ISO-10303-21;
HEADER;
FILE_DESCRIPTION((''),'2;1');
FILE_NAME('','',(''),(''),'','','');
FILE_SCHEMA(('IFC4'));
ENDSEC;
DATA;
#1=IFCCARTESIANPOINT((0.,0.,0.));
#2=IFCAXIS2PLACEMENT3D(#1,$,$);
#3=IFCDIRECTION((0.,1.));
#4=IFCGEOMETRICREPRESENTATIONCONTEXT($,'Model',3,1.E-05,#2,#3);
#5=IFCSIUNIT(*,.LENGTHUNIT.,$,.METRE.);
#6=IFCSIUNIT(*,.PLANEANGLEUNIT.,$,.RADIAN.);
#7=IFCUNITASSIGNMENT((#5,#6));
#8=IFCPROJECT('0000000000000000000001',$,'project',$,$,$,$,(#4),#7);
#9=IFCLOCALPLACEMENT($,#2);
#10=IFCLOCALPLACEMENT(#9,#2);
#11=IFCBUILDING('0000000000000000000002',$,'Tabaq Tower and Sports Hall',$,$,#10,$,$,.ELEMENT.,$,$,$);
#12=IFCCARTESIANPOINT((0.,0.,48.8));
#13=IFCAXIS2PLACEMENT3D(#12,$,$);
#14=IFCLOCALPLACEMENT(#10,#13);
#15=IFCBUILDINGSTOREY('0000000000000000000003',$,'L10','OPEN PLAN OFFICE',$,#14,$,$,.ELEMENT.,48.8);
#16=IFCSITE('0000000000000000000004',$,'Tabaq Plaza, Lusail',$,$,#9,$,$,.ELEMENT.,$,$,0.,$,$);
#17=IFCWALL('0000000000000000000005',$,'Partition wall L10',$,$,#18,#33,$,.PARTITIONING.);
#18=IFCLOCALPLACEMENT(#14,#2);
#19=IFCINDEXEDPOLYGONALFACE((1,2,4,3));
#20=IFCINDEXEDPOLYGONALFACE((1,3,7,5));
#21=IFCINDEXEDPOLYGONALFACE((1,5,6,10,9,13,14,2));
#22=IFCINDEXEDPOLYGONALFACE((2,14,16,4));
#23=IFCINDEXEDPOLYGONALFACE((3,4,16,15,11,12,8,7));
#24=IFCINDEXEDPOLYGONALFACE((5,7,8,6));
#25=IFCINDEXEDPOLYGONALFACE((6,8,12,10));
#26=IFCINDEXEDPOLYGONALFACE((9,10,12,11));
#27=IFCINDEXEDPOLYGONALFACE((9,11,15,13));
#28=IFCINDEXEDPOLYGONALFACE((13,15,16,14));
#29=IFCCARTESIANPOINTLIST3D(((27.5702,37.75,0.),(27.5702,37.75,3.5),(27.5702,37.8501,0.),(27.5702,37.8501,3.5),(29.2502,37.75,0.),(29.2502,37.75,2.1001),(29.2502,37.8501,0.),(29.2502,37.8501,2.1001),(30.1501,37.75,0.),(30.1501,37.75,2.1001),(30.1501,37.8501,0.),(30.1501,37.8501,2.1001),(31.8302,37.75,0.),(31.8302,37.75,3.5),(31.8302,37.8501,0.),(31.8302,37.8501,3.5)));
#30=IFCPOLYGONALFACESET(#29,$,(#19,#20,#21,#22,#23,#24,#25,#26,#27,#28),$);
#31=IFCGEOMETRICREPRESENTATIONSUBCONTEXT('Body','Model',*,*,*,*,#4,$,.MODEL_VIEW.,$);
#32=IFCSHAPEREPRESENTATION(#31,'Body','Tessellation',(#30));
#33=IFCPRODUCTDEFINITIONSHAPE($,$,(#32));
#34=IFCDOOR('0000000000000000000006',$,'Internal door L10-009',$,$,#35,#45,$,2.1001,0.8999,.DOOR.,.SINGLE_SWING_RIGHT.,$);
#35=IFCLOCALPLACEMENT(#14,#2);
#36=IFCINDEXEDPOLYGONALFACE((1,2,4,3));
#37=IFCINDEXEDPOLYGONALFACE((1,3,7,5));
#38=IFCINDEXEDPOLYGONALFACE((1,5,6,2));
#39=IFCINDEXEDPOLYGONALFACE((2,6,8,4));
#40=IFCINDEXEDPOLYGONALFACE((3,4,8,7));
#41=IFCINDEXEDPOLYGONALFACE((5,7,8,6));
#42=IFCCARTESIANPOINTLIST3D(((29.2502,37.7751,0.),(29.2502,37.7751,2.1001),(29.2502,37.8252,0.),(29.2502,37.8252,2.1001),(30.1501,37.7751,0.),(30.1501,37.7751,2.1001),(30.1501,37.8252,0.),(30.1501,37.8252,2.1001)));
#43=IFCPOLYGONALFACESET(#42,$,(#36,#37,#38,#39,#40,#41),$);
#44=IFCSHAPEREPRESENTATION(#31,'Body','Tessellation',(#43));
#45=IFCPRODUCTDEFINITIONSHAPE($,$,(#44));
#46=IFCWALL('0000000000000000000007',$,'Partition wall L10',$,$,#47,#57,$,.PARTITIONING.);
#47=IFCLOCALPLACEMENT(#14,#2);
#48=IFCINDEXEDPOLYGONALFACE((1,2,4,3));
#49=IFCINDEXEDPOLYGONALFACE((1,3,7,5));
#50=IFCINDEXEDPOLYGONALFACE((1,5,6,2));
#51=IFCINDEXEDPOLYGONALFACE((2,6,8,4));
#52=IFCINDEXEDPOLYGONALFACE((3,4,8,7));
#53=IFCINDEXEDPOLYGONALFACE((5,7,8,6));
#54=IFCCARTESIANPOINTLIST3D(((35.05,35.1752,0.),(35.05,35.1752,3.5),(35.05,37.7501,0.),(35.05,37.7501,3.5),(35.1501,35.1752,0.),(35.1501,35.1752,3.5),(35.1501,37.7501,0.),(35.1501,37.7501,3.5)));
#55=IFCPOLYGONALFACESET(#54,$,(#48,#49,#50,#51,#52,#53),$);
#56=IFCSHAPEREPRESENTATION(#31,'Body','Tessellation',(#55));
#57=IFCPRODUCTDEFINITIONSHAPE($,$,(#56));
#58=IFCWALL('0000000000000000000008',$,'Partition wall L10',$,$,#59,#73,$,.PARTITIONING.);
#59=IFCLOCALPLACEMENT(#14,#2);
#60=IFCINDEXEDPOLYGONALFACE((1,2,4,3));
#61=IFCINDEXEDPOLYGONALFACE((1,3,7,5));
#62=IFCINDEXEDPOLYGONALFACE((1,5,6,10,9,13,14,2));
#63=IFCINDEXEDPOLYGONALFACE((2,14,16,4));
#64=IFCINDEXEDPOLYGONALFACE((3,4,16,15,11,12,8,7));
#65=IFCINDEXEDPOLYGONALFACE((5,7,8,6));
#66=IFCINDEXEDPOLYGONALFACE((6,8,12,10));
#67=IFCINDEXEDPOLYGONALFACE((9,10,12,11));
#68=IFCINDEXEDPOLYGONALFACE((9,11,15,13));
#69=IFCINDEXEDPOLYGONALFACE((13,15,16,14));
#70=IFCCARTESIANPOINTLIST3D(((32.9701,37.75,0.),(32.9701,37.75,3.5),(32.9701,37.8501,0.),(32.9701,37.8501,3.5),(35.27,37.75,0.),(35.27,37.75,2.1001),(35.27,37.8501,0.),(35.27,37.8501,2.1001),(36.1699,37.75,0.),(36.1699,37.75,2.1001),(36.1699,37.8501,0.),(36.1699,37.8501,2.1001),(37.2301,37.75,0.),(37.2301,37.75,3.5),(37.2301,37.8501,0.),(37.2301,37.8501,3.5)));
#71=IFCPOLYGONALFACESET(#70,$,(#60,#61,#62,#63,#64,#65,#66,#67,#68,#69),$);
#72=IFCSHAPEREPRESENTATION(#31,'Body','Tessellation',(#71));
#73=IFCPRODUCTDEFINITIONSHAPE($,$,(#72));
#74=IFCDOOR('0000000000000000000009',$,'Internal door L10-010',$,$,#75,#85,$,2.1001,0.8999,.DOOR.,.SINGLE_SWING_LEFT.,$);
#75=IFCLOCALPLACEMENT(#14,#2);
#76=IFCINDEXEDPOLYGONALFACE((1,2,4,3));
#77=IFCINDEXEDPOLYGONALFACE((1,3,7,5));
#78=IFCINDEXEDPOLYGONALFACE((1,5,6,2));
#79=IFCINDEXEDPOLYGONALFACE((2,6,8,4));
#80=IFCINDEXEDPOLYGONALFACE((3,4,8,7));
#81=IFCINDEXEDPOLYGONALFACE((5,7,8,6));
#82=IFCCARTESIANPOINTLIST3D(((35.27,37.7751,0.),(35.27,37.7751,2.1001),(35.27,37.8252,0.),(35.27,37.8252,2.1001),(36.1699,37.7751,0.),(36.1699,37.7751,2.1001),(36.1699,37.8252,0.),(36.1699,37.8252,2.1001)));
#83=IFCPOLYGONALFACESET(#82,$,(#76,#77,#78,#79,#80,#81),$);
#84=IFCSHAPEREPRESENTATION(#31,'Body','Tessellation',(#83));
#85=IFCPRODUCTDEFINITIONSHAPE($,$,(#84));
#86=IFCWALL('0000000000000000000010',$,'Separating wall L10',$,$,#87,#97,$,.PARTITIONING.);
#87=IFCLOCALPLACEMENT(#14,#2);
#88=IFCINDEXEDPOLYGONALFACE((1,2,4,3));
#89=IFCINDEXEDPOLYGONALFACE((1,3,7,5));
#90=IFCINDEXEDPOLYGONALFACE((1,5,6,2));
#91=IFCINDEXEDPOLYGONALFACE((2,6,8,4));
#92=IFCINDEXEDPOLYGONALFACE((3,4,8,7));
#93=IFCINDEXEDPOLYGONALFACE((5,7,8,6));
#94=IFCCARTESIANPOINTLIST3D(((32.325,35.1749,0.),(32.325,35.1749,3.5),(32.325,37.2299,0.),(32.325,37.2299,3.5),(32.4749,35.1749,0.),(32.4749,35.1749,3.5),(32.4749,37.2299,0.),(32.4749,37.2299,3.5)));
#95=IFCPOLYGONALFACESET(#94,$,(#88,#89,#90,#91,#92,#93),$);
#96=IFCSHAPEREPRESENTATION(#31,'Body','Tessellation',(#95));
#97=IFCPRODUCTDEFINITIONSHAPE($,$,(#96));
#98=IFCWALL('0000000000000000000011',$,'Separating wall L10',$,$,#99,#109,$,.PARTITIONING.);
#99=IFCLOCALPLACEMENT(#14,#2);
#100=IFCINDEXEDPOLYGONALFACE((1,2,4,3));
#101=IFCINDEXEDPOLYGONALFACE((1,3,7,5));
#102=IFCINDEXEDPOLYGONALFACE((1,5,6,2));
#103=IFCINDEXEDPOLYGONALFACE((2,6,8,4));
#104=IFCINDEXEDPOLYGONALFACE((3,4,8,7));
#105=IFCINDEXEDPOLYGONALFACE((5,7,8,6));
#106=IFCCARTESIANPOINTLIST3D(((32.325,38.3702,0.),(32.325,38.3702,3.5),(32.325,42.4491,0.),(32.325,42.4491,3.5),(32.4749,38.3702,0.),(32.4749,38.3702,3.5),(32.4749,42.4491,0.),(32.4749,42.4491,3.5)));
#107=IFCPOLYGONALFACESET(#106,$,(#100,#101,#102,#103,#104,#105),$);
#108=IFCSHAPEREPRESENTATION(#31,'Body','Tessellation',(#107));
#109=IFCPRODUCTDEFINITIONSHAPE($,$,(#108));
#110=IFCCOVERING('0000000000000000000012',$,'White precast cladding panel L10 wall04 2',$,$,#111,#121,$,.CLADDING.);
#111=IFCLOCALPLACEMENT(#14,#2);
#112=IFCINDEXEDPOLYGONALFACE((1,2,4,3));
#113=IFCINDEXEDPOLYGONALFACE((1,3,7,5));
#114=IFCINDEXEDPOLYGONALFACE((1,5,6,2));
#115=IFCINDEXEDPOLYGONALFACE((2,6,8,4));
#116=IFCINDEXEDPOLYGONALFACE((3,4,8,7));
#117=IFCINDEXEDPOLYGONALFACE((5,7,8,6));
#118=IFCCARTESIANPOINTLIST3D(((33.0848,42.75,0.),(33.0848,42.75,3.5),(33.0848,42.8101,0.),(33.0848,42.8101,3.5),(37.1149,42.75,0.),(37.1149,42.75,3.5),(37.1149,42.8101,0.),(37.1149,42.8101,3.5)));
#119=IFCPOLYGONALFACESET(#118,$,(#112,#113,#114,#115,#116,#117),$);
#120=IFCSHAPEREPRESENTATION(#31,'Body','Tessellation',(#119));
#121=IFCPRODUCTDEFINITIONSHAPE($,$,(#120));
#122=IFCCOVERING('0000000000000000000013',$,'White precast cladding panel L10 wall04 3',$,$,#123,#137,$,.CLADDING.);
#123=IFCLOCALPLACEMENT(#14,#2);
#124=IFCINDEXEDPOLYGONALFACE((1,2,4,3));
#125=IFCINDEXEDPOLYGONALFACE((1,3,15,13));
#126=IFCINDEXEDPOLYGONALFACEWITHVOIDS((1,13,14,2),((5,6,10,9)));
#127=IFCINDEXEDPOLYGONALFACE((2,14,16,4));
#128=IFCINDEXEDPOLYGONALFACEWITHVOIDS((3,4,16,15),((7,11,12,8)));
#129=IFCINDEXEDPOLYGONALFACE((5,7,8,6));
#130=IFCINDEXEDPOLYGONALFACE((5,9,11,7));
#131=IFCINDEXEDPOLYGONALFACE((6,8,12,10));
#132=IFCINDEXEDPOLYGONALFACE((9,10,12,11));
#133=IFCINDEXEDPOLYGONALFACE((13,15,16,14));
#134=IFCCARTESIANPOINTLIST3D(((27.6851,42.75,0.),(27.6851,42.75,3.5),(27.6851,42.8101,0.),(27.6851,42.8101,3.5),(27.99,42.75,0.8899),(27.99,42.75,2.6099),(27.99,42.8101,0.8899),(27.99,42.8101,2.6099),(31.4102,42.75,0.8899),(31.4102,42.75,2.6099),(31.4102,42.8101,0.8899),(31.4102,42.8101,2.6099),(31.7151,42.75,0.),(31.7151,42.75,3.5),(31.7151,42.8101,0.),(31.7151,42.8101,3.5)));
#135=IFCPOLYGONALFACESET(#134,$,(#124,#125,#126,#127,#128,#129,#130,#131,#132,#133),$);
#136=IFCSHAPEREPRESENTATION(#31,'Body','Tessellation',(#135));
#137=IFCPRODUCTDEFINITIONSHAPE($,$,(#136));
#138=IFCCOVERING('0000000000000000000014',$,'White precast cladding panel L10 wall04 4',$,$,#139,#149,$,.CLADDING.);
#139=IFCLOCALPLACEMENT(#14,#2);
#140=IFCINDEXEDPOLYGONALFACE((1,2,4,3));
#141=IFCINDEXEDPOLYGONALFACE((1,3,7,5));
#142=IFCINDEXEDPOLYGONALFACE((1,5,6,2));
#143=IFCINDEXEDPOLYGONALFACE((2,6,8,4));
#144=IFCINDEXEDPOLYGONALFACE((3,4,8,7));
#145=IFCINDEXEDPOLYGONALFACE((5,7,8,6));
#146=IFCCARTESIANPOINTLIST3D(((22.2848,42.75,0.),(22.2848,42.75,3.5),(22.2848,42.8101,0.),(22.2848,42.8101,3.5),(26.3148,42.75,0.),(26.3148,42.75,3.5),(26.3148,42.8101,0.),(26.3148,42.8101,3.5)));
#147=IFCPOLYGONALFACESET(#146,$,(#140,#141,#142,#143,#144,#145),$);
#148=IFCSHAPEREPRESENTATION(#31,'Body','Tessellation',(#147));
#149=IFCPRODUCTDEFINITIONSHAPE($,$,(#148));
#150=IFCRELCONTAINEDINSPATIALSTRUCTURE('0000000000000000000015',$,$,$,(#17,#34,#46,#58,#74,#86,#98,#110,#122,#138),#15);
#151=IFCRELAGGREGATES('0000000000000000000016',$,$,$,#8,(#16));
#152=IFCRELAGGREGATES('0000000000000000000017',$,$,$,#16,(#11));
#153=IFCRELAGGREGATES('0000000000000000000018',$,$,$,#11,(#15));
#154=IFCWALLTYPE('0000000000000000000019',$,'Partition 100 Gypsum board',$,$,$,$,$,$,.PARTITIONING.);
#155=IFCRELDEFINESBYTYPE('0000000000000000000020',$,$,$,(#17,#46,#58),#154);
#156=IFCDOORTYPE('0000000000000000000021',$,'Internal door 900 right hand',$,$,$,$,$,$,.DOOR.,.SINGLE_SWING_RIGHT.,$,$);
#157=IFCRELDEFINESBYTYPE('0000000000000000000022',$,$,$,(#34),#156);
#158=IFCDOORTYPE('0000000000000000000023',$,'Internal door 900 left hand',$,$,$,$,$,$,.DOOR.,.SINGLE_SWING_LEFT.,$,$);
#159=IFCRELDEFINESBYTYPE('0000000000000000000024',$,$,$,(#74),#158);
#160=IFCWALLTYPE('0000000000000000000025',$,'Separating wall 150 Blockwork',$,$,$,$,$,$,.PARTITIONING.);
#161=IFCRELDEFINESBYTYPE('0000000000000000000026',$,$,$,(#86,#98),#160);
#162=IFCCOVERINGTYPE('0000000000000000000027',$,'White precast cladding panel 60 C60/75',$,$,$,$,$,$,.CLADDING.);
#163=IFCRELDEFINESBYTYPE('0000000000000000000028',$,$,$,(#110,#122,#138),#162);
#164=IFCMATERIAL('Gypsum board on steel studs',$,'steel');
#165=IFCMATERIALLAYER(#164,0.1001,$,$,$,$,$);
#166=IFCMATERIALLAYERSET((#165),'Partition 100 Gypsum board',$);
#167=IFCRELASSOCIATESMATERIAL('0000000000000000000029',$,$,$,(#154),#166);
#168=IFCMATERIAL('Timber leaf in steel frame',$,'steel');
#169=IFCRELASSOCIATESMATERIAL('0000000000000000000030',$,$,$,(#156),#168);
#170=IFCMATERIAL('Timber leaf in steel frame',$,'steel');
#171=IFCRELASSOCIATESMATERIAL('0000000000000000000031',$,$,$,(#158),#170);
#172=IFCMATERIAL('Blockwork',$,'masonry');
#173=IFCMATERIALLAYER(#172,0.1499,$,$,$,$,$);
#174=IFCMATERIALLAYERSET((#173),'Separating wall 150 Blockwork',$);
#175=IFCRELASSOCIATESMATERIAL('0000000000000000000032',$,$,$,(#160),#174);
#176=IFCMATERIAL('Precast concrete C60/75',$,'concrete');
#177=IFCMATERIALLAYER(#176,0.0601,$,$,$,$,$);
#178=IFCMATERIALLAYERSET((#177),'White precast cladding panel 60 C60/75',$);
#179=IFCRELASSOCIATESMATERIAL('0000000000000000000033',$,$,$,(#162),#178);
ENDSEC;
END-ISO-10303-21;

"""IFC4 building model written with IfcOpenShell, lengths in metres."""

from ifc_helpers import new_model, si_unit, direction, frame, frame_2d, origin, place, context, subcontext, project, spatial, polyline, rectangle, outline, extrude, material, layer, layer_set, type_object, element, fill, save


model = new_model("IFC4")

# Units and contexts
model_context = context("Model", 3, precision=1e-05, world=origin(), true_north=direction((0.0, 1.0)))
body_context = subcontext(model_context, "Body", "Model", "MODEL_VIEW")
ifc_project = project(units=[si_unit("LENGTHUNIT", "METRE"), si_unit("PLANEANGLEUNIT", "RADIAN")], contexts=[model_context])

# Site, building, storey
site_placement = place(None, origin())
site = spatial("IfcSite", under=ifc_project, at=site_placement, Name="Tabaq Plaza, Lusail", CompositionType="ELEMENT", RefElevation=0.0)
building_placement = place(site_placement, origin())
building = spatial("IfcBuilding", under=site, at=building_placement, Name="Tabaq Tower and Sports Hall", CompositionType="ELEMENT")
storey_placement = place(building_placement, frame((0.0, 0.0, 48.8)))
storey = spatial("IfcBuildingStorey", under=building, at=storey_placement, Name="L10", Description="OPEN PLAN OFFICE", CompositionType="ELEMENT", Elevation=48.8)

# Shared definitions
ifc_material_1 = material(Name="Gypsum board on steel studs", Category="steel")
ifc_layer_1 = layer(ifc_material_1, 0.1001)
ifc_layer_set_1 = layer_set([ifc_layer_1], Name="Partition 100 Gypsum board")
wall_type_1 = type_object("IfcWallType", Name="Partition 100 Gypsum board", PredefinedType="PARTITIONING", material=ifc_layer_set_1)

# Wall, opening, door
ifc_material_2 = material(Name="Timber leaf in steel frame", Category="steel")
door_type_1 = type_object("IfcDoorType", Name="Internal door 900 right hand", OperationType="SINGLE_SWING_RIGHT", PredefinedType="DOOR", material=ifc_material_2)
wall_1_placement = place(storey_placement, frame((31.8301, 37.8, 0.0), z_axis=(0.0, 0.0, 1.0), x_axis=(-1.0, 0.0, 0.0)))
wall_1 = element("IfcWall", 1, at=wall_1_placement, inside=storey, type_object=wall_type_1, Name="Partition wall L10", PredefinedType="PARTITIONING", context=body_context, shape_type="SweptSolid", body=[
    extrude(rectangle(XDim=4.26, YDim=0.1001, at=frame_2d((2.1299, 0.0))), origin(), (0.0, 0.0, 1.0), 3.5),
])
opening_1_placement = place(wall_1_placement, frame((1.6799, 0.0, 0.0)))
opening_1 = element("IfcOpeningElement", 2, at=opening_1_placement, cuts=wall_1, PredefinedType="OPENING", context=body_context, shape_type="SweptSolid", body=[
    extrude(rectangle(XDim=0.8999, YDim=2.1001, at=frame_2d((0.45, 1.05))), frame((0.0, 0.05, 0.0), z_axis=(0.0, -1.0, 0.0), x_axis=(1.0, 0.0, 0.0)), (0.0, 0.0, 1.0), 0.1001),
])
door_1_placement = place(opening_1_placement, origin())
door_1 = element("IfcDoor", 3, at=door_1_placement, inside=storey, type_object=door_type_1, Name="Internal door L10-009", OperationType="SINGLE_SWING_RIGHT", OverallHeight=2.1001, OverallWidth=0.8999, PredefinedType="DOOR", context=body_context, shape_type="SweptSolid", body=[
    extrude(rectangle(XDim=0.8999, YDim=2.1001, at=frame_2d((0.45, 1.05))), frame((0.0, 0.0249, 0.0), z_axis=(0.0, -1.0, 0.0), x_axis=(1.0, 0.0, 0.0)), (0.0, 0.0, 1.0), 0.05),
])
fill(opening_1, door_1)

# Wall
wall_2_placement = place(storey_placement, frame((35.1001, 35.175, 0.0), z_axis=(0.0, 0.0, 1.0), x_axis=(0.0, 1.0, 0.0)))
element("IfcWall", 4, at=wall_2_placement, inside=storey, type_object=wall_type_1, Name="Partition wall L10", PredefinedType="PARTITIONING", context=body_context, shape_type="SweptSolid", body=[
    extrude(rectangle(XDim=2.575, YDim=0.1001, at=frame_2d((1.2876, 0.0))), origin(), (0.0, 0.0, 1.0), 3.5),
])

# Wall, opening, door
wall_3_placement = place(storey_placement, frame((37.23, 37.8, 0.0), z_axis=(0.0, 0.0, 1.0), x_axis=(-1.0, 0.0, 0.0)))
wall_3 = element("IfcWall", 5, at=wall_3_placement, inside=storey, type_object=wall_type_1, Name="Partition wall L10", PredefinedType="PARTITIONING", context=body_context, shape_type="SweptSolid", body=[
    extrude(rectangle(XDim=4.26, YDim=0.1001, at=frame_2d((2.1299, 0.0))), origin(), (0.0, 0.0, 1.0), 3.5),
])
opening_2_placement = place(wall_3_placement, frame((1.0601, 0.0, 0.0)))
opening_2 = element("IfcOpeningElement", 6, at=opening_2_placement, cuts=wall_3, PredefinedType="OPENING", context=body_context, shape_type="SweptSolid", body=[
    extrude(rectangle(XDim=0.8999, YDim=2.1001, at=frame_2d((0.45, 1.05))), frame((0.0, 0.05, 0.0), z_axis=(0.0, -1.0, 0.0), x_axis=(1.0, 0.0, 0.0)), (0.0, 0.0, 1.0), 0.1001),
])
ifc_material_3 = material(Name="Timber leaf in steel frame", Category="steel")
door_type_2 = type_object("IfcDoorType", Name="Internal door 900 left hand", OperationType="SINGLE_SWING_LEFT", PredefinedType="DOOR", material=ifc_material_3)
door_2_placement = place(opening_2_placement, origin())
door_2 = element("IfcDoor", 7, at=door_2_placement, inside=storey, type_object=door_type_2, Name="Internal door L10-010", OperationType="SINGLE_SWING_LEFT", OverallHeight=2.1001, OverallWidth=0.8999, PredefinedType="DOOR", context=body_context, shape_type="SweptSolid", body=[
    extrude(rectangle(XDim=0.8999, YDim=2.1001, at=frame_2d((0.45, 1.05))), frame((0.0, 0.0249, 0.0), z_axis=(0.0, -1.0, 0.0), x_axis=(1.0, 0.0, 0.0)), (0.0, 0.0, 1.0), 0.05),
])
fill(opening_2, door_2)

# Walls
ifc_material_4 = material(Name="Blockwork", Category="masonry")
ifc_layer_2 = layer(ifc_material_4, 0.1499)
ifc_layer_set_2 = layer_set([ifc_layer_2], Name="Separating wall 150 Blockwork")
wall_type_2 = type_object("IfcWallType", Name="Separating wall 150 Blockwork", PredefinedType="PARTITIONING", material=ifc_layer_set_2)
wall_4_placement = place(storey_placement, frame((32.3999, 35.175, 0.0), z_axis=(0.0, 0.0, 1.0), x_axis=(0.0, 1.0, 0.0)))
element("IfcWall", 8, at=wall_4_placement, inside=storey, type_object=wall_type_2, Name="Separating wall L10", PredefinedType="PARTITIONING", context=body_context, shape_type="SweptSolid", body=[
    extrude(rectangle(XDim=2.0549, YDim=0.1499, at=frame_2d((1.0273, 0.0))), origin(), (0.0, 0.0, 1.0), 3.5),
])
wall_5_placement = place(storey_placement, frame((32.3999, 38.3701, 0.0), z_axis=(0.0, 0.0, 1.0), x_axis=(0.0, 1.0, 0.0)))
element("IfcWall", 9, at=wall_5_placement, inside=storey, type_object=wall_type_2, Name="Separating wall L10", PredefinedType="PARTITIONING", context=body_context, shape_type="SweptSolid", body=[
    extrude(rectangle(XDim=4.0789, YDim=0.1499, at=frame_2d((2.0396, 0.0))), origin(), (0.0, 0.0, 1.0), 3.5),
])

# Coverings
ifc_material_5 = material(Name="Precast concrete C60/75", Category="concrete")
ifc_layer_3 = layer(ifc_material_5, 0.0601)
ifc_layer_set_3 = layer_set([ifc_layer_3], Name="White precast cladding panel 60 C60/75")
covering_type = type_object("IfcCoveringType", Name="White precast cladding panel 60 C60/75", PredefinedType="CLADDING", material=ifc_layer_set_3)
covering_1_placement = place(storey_placement, frame((37.115, 42.78, 0.0), z_axis=(0.0, 0.0, 1.0), x_axis=(-1.0, 0.0, 0.0)))
element("IfcCovering", 10, at=covering_1_placement, inside=storey, type_object=covering_type, Name="White precast cladding panel L10 wall04 2", PredefinedType="CLADDING", context=body_context, shape_type="SweptSolid", body=[
    extrude(rectangle(XDim=4.03, YDim=0.0601, at=frame_2d((2.0151, 0.0))), origin(), (0.0, 0.0, 1.0), 3.5),
])
covering_2_placement = place(storey_placement, frame((31.7151, 42.78, 0.0), z_axis=(0.0, 0.0, 1.0), x_axis=(-1.0, 0.0, 0.0)))
element("IfcCovering", 11, at=covering_2_placement, inside=storey, type_object=covering_type, Name="White precast cladding panel L10 wall04 3", PredefinedType="CLADDING", context=body_context, shape_type="SweptSolid", body=[
    extrude(outline(polyline([(0.0, 0.0), (4.03, 0.0), (4.03, 3.5), (0.0, 3.5), (0.0, 0.0)]), holes=[polyline([(0.3049, 0.8899), (0.3049, 2.6099), (3.7251, 2.6099), (3.7251, 0.8899), (0.3049, 0.8899)])]), frame((0.0, 0.03, 0.0), z_axis=(0.0, -1.0, 0.0), x_axis=(1.0, 0.0, 0.0)), (0.0, 0.0, 1.0), 0.0601),
])
covering_3_placement = place(storey_placement, frame((26.3149, 42.78, 0.0), z_axis=(0.0, 0.0, 1.0), x_axis=(-1.0, 0.0, 0.0)))
element("IfcCovering", 12, at=covering_3_placement, inside=storey, type_object=covering_type, Name="White precast cladding panel L10 wall04 4", PredefinedType="CLADDING", context=body_context, shape_type="SweptSolid", body=[
    extrude(rectangle(XDim=4.03, YDim=0.0601, at=frame_2d((2.0151, 0.0))), origin(), (0.0, 0.0, 1.0), 3.5),
])

save(model, "model.ifc")
